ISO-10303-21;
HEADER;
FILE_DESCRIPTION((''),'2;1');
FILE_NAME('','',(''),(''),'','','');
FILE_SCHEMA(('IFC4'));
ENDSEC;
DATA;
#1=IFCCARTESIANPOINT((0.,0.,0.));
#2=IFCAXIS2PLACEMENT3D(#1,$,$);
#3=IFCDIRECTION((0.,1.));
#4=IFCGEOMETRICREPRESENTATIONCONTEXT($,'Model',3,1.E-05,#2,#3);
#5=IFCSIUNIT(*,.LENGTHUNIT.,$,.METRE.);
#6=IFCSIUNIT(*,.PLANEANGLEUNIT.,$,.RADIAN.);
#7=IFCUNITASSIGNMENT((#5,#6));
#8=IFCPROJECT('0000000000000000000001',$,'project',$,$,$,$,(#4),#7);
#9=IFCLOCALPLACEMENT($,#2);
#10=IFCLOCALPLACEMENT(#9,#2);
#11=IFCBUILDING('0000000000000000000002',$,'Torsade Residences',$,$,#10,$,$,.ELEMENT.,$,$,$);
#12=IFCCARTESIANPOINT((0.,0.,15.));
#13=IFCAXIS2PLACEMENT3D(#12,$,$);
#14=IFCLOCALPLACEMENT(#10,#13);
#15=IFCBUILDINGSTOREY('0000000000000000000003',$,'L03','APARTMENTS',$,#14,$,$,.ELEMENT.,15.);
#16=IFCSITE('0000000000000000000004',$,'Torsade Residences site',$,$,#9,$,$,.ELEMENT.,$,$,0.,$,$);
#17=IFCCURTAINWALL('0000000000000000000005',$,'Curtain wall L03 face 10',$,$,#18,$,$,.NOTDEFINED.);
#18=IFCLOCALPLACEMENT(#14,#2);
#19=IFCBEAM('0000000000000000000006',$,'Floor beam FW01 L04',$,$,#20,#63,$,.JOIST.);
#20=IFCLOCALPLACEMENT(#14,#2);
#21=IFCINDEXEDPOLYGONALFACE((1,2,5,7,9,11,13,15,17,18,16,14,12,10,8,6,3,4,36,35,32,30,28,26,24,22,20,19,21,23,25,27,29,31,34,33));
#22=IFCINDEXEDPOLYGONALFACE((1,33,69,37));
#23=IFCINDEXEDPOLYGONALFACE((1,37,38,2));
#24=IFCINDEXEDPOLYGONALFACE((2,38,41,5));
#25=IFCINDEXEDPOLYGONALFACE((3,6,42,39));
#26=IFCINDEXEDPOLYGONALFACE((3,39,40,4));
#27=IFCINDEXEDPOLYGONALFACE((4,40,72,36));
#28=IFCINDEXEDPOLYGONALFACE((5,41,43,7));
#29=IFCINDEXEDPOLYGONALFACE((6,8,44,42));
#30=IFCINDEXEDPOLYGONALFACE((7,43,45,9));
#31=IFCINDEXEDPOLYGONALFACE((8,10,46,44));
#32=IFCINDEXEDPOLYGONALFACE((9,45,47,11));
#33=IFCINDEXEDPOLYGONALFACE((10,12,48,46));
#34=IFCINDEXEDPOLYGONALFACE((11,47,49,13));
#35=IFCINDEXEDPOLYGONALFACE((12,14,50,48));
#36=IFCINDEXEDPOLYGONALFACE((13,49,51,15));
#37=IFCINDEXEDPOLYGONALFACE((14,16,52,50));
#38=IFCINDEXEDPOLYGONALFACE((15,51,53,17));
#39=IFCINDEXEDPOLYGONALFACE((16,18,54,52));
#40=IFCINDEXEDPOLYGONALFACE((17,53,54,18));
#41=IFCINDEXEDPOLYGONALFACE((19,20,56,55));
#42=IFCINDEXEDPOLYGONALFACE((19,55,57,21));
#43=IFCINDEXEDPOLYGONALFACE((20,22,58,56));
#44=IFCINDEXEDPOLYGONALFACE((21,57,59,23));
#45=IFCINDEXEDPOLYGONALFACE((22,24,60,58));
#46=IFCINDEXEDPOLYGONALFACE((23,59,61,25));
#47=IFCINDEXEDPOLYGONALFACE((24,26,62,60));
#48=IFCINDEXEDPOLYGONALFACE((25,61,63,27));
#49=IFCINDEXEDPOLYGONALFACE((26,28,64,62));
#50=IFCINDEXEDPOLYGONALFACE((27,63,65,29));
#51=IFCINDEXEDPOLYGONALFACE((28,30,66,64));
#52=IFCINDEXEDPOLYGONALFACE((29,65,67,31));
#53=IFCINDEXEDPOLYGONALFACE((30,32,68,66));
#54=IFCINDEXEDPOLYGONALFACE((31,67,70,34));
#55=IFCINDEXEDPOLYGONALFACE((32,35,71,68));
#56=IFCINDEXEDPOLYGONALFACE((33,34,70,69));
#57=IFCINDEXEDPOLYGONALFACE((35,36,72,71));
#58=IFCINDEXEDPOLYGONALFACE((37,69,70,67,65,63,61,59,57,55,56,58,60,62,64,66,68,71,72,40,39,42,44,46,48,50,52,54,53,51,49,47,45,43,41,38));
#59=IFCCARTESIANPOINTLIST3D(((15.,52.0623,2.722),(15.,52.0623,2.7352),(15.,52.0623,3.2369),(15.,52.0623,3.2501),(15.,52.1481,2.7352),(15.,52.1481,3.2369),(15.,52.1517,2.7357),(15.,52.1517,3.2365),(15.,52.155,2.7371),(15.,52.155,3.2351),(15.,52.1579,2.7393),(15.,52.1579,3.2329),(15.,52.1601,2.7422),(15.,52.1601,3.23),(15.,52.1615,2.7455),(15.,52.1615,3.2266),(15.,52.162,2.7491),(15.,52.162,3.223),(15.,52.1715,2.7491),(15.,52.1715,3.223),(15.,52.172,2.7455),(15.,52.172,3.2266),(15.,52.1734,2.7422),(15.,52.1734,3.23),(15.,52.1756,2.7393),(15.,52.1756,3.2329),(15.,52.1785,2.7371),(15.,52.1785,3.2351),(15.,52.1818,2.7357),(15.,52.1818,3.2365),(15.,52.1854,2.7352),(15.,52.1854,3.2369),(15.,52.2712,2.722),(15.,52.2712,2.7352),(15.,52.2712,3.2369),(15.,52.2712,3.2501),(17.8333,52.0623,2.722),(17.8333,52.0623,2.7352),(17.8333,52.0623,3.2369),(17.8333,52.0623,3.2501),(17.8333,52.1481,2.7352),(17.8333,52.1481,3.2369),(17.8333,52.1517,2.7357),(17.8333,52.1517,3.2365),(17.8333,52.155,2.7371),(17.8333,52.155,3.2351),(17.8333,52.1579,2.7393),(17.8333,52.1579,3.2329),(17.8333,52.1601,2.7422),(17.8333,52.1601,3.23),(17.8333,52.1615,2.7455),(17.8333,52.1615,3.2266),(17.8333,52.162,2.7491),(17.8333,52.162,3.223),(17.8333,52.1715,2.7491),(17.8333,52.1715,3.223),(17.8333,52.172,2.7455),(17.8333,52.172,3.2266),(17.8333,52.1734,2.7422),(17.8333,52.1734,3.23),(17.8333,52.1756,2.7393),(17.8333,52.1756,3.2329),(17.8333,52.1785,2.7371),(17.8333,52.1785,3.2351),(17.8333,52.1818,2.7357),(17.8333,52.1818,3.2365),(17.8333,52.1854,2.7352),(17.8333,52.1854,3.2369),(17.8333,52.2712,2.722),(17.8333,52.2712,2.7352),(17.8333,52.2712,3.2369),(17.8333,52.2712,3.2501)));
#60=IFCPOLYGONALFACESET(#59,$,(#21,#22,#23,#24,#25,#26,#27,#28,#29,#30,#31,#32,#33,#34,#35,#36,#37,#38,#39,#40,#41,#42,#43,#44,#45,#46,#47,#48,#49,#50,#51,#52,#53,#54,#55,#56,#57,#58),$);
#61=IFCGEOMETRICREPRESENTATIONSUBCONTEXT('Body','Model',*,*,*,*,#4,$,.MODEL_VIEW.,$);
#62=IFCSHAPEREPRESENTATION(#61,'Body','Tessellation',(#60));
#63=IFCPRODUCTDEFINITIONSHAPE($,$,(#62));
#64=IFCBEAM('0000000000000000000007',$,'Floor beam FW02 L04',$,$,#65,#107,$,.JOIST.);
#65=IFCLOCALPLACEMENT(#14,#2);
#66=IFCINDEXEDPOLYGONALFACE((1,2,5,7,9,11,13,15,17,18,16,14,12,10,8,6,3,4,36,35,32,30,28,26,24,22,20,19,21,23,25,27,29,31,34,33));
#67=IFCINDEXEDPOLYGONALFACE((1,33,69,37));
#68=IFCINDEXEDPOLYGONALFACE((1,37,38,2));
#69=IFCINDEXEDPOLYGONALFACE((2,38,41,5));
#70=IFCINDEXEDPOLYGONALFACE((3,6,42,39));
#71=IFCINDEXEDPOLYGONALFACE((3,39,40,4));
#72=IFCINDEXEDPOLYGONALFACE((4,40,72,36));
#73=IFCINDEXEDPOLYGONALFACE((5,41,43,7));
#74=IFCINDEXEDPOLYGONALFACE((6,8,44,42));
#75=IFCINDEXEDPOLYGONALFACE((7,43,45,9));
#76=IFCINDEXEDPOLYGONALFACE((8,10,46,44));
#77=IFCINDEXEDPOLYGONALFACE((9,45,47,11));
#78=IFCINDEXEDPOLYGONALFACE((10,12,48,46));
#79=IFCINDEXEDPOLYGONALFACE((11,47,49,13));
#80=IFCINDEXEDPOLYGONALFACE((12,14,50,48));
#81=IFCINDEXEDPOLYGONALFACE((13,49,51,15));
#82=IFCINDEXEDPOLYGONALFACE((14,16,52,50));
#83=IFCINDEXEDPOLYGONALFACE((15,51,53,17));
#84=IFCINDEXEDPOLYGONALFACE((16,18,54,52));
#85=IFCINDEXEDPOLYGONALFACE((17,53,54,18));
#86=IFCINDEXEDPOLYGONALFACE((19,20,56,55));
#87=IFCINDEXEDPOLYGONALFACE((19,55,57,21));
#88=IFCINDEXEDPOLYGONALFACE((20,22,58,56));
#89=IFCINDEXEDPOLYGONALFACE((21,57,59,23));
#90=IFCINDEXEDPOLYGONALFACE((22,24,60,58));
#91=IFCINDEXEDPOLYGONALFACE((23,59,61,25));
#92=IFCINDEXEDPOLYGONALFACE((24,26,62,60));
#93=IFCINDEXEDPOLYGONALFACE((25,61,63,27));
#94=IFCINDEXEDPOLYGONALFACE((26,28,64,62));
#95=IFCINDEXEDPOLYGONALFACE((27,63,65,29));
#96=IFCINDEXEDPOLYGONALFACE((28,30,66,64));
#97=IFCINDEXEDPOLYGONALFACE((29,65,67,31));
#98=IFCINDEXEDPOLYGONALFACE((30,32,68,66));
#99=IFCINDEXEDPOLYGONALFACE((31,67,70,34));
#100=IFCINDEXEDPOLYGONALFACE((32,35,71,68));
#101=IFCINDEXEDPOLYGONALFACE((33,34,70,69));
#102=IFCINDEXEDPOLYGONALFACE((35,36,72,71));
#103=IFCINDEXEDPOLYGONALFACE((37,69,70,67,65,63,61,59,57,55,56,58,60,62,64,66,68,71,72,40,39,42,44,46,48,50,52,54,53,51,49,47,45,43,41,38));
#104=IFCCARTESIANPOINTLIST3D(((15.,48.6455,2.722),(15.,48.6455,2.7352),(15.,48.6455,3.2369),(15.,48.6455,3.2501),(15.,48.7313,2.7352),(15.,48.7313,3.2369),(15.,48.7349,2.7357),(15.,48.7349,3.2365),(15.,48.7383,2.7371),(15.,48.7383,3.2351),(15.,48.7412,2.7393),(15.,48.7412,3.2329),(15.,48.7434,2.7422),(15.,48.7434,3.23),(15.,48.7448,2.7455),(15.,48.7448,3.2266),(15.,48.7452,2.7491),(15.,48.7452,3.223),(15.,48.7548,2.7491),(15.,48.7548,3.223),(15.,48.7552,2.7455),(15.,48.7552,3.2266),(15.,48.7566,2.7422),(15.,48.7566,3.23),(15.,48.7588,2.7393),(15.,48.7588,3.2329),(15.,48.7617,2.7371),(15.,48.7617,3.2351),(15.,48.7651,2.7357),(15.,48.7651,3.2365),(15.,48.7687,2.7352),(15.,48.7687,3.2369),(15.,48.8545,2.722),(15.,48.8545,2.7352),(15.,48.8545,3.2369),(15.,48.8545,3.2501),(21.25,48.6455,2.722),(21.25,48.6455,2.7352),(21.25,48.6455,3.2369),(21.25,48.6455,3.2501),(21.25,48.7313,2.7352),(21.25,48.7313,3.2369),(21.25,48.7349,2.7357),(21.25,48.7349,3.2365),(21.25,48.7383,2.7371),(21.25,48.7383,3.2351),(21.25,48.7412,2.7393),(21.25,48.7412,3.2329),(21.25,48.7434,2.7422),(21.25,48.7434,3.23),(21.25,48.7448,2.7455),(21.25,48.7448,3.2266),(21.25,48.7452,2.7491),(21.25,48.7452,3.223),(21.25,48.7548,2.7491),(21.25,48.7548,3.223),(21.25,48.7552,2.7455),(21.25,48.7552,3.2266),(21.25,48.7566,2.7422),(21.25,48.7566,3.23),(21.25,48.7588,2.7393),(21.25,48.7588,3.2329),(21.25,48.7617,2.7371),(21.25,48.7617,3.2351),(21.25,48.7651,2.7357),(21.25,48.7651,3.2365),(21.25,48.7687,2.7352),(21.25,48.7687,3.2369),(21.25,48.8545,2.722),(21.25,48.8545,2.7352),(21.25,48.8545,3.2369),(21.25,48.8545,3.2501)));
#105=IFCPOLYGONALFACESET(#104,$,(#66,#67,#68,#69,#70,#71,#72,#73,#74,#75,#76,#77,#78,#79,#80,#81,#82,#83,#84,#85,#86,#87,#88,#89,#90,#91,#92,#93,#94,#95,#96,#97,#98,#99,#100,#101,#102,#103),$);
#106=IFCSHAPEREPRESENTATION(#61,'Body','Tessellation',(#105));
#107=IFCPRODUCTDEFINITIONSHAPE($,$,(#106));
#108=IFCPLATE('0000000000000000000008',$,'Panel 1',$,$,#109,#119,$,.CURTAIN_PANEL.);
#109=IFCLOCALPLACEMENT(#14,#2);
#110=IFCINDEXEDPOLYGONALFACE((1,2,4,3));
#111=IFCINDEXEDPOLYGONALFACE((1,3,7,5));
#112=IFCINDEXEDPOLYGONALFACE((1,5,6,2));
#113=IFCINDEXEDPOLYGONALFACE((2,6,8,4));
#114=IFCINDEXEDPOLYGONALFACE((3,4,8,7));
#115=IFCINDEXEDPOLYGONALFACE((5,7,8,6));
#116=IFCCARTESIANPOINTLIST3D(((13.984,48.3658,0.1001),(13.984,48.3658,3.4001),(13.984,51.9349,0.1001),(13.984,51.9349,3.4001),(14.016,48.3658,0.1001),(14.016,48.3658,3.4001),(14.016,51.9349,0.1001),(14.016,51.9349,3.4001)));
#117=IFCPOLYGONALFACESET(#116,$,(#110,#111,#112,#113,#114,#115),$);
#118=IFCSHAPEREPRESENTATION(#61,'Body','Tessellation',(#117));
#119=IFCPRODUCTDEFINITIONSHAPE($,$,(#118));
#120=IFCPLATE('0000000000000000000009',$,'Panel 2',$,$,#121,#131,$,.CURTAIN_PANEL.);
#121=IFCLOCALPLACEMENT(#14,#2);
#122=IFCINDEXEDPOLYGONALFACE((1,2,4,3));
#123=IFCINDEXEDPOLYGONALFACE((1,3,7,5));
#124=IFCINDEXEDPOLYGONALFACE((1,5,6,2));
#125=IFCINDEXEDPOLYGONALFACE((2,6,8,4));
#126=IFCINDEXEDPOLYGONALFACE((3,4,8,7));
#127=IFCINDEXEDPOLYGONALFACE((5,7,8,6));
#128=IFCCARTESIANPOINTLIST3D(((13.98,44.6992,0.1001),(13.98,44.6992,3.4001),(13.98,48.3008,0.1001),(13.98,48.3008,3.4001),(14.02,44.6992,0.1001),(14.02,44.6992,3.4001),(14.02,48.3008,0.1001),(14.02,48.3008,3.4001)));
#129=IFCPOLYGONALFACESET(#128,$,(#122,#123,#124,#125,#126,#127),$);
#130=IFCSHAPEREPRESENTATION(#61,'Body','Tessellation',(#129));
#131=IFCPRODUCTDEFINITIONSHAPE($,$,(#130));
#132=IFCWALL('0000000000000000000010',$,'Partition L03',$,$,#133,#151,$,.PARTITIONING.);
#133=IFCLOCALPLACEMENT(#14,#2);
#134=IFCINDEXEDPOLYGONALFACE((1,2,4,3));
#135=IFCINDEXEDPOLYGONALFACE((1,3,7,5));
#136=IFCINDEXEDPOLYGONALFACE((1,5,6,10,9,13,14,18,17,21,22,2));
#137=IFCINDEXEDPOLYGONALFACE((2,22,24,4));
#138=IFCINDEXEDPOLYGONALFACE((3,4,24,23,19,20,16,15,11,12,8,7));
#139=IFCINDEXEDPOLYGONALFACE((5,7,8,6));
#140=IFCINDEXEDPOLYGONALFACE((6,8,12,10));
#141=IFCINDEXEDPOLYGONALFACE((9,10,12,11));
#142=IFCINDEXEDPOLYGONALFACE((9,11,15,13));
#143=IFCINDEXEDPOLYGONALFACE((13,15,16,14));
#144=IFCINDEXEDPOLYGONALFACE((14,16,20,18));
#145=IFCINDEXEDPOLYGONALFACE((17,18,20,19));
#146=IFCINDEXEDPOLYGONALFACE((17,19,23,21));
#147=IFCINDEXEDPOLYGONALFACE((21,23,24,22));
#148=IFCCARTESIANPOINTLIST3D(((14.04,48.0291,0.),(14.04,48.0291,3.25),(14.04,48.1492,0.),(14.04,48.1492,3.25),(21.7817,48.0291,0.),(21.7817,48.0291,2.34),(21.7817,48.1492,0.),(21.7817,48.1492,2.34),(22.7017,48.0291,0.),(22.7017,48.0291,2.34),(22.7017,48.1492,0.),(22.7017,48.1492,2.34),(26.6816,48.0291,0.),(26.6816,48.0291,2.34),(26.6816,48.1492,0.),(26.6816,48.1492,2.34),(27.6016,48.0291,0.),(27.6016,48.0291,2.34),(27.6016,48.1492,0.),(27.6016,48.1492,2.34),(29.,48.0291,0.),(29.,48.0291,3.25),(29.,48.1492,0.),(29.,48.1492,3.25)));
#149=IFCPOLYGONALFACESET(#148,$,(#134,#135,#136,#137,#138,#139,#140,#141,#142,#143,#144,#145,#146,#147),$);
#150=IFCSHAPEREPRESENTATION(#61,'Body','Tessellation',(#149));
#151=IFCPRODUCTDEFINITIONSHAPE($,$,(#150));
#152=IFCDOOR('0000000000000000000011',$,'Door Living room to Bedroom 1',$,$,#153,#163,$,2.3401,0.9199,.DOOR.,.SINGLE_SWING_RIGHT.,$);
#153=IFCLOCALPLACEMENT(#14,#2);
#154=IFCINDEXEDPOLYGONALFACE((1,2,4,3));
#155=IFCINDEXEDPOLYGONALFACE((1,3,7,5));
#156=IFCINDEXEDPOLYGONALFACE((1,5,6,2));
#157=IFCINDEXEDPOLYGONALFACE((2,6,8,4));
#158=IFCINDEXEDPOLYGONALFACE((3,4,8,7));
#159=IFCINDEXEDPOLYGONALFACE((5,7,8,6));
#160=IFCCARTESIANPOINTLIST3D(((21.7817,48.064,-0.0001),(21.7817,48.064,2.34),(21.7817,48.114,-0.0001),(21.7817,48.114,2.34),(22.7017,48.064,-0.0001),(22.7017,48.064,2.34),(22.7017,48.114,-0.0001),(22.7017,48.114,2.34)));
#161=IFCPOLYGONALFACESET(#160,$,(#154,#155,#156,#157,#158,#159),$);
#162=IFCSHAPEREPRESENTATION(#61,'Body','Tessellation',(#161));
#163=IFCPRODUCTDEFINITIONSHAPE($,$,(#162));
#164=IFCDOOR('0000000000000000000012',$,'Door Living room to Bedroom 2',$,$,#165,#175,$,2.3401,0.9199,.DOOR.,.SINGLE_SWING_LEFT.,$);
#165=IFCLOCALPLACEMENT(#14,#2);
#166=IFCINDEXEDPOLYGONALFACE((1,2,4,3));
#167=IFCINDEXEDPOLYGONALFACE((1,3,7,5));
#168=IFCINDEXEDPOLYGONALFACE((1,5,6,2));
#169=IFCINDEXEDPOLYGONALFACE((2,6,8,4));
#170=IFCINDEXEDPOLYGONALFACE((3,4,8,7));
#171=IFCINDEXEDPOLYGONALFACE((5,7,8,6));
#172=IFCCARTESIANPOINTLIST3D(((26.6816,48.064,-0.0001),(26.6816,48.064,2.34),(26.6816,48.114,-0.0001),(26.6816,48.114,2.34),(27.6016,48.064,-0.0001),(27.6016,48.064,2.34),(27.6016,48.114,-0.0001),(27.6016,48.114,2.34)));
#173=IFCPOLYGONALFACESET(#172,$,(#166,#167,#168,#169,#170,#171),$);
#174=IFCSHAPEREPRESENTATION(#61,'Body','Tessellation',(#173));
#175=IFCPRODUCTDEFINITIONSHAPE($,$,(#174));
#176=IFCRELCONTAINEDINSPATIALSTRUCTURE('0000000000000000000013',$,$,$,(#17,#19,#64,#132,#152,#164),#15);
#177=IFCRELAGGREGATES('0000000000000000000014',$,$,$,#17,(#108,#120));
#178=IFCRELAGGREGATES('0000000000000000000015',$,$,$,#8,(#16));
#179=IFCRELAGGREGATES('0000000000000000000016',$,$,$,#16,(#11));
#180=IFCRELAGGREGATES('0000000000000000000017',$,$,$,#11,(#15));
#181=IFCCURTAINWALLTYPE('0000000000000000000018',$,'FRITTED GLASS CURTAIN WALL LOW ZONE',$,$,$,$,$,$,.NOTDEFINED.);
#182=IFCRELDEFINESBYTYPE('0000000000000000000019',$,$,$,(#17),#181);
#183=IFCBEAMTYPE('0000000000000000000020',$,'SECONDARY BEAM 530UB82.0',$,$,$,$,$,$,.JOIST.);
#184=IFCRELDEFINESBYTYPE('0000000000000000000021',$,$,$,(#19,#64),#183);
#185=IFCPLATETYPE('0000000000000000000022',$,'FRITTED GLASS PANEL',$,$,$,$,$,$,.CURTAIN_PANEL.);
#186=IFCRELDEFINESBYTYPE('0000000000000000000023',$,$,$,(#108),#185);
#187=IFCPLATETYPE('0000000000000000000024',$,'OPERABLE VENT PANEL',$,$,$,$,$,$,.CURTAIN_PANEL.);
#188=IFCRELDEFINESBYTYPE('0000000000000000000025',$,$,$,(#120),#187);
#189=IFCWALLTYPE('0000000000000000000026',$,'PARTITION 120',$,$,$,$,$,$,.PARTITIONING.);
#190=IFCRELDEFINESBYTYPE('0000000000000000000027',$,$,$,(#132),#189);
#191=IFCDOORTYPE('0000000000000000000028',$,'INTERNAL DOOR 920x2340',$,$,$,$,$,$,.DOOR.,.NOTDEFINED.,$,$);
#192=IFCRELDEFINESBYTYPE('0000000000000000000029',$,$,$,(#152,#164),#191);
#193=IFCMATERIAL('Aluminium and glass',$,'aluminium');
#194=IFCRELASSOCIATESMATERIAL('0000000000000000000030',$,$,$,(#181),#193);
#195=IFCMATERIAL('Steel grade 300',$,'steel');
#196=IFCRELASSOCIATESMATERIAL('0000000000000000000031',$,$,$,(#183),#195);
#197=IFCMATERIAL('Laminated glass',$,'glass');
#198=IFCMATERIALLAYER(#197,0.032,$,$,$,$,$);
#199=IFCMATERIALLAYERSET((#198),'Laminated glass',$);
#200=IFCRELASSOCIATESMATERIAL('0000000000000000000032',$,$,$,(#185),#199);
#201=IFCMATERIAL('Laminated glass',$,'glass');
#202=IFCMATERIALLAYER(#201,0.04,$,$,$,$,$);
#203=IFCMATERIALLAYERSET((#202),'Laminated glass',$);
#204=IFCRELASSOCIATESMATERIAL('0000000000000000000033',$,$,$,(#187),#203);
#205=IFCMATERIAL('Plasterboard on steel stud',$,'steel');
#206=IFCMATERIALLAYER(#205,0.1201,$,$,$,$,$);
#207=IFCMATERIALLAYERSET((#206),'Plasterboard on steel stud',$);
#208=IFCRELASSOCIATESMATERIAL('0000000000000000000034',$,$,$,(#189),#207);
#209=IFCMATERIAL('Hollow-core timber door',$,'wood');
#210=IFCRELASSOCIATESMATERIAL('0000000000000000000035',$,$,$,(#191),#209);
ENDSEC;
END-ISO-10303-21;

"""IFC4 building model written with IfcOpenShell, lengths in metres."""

from ifc_helpers import new_model, si_unit, direction, frame, frame_2d, origin, origin_2d, place, context, subcontext, project, spatial, rectangle, i_section, extrude, material, layer, layer_set, material_profile, profile_set, type_object, element, fill, aggregate, save


model = new_model("IFC4")

# Units and contexts
model_context = context("Model", 3, precision=1e-05, world=origin(), true_north=direction((0.0, 1.0)))
body_context = subcontext(model_context, "Body", "Model", "MODEL_VIEW")
ifc_project = project(units=[si_unit("LENGTHUNIT", "METRE"), si_unit("PLANEANGLEUNIT", "RADIAN")], contexts=[model_context])

# Site, building, storey
site_placement = place(None, origin())
site = spatial("IfcSite", under=ifc_project, at=site_placement, Name="Torsade Residences site", CompositionType="ELEMENT", RefElevation=0.0)
building_placement = place(site_placement, origin())
building = spatial("IfcBuilding", under=site, at=building_placement, Name="Torsade Residences", CompositionType="ELEMENT")
storey_placement = place(building_placement, frame((0.0, 0.0, 15.0)))
storey = spatial("IfcBuildingStorey", under=building, at=storey_placement, Name="L03", Description="APARTMENTS", CompositionType="ELEMENT", Elevation=15.0)

# Curtain wall
ifc_material_1 = material(Name="Aluminium and glass", Category="aluminium")
curtain_wall_type = type_object("IfcCurtainWallType", Name="FRITTED GLASS CURTAIN WALL LOW ZONE", PredefinedType="NOTDEFINED", material=ifc_material_1)
curtain_wall_placement = place(storey_placement, origin())
curtain_wall = element("IfcCurtainWall", 1, at=curtain_wall_placement, inside=storey, type_object=curtain_wall_type, Name="Curtain wall L03 face 10", PredefinedType="NOTDEFINED")

# Beams
ifc_material_2 = material(Name="Steel grade 300", Category="steel")
ifc_material_profile_1 = material_profile(ifc_material_2, i_section(OverallWidth=0.209, OverallDepth=0.5281, WebThickness=0.0095, FlangeThickness=0.0132, FilletRadius=0.0139, at=origin_2d()), Name="530UB82.0")
ifc_profile_set_1 = profile_set([ifc_material_profile_1], Name="Steel grade 300")
beam_type_1 = type_object("IfcBeamType", Name="SECONDARY BEAM 530UB82.0", PredefinedType="JOIST", material=ifc_profile_set_1)
beam_1_placement = place(storey_placement, frame((15.0, 52.1667, 2.9861), z_axis=(1.0, 0.0, 0.0), x_axis=(0.0, 1.0, 0.0)))
element("IfcBeam", 2, at=beam_1_placement, inside=storey, type_object=beam_type_1, Name="Floor beam FW01 L04", PredefinedType="JOIST", context=body_context, shape_type="SweptSolid", body=[
    extrude(i_section(OverallWidth=0.209, OverallDepth=0.5281, WebThickness=0.0095, FlangeThickness=0.0132, FilletRadius=0.0139, at=origin_2d()), origin(), (0.0, 0.0, 1.0), 2.8333),
])
beam_2_placement = place(storey_placement, frame((15.0, 48.75, 2.9861), z_axis=(1.0, 0.0, 0.0), x_axis=(0.0, 1.0, 0.0)))
element("IfcBeam", 3, at=beam_2_placement, inside=storey, type_object=beam_type_1, Name="Floor beam FW02 L04", PredefinedType="JOIST", context=body_context, shape_type="SweptSolid", body=[
    extrude(i_section(OverallWidth=0.209, OverallDepth=0.5281, WebThickness=0.0095, FlangeThickness=0.0132, FilletRadius=0.0139, at=origin_2d()), origin(), (0.0, 0.0, 1.0), 6.25),
])

# Plates
ifc_material_3 = material(Name="Laminated glass", Category="glass")
ifc_layer_1 = layer(ifc_material_3, 0.032)
ifc_layer_set_1 = layer_set([ifc_layer_1], Name="Laminated glass")
plate_type_1 = type_object("IfcPlateType", Name="FRITTED GLASS PANEL", PredefinedType="CURTAIN_PANEL", material=ifc_layer_set_1)
plate_1_placement = place(storey_placement, frame((14.0, 50.1504, 0.1001), z_axis=(0.0, 0.0, 1.0), x_axis=(0.0, -1.0, 0.0)))
plate_1 = element("IfcPlate", 4, at=plate_1_placement, type_object=plate_type_1, Name="Panel 1", PredefinedType="CURTAIN_PANEL", context=body_context, shape_type="SweptSolid", body=[
    extrude(rectangle(XDim=3.5691, YDim=0.032, at=origin_2d()), origin(), (0.0, 0.0, 1.0), 3.3),
])
ifc_material_4 = material(Name="Laminated glass", Category="glass")
ifc_layer_2 = layer(ifc_material_4, 0.04)
ifc_layer_set_2 = layer_set([ifc_layer_2], Name="Laminated glass")
plate_type_2 = type_object("IfcPlateType", Name="OPERABLE VENT PANEL", PredefinedType="CURTAIN_PANEL", material=ifc_layer_set_2)
plate_2_placement = place(storey_placement, frame((14.0, 46.5, 0.1001), z_axis=(0.0, 0.0, 1.0), x_axis=(0.0, -1.0, 0.0)))
plate_2 = element("IfcPlate", 5, at=plate_2_placement, type_object=plate_type_2, Name="Panel 2", PredefinedType="CURTAIN_PANEL", context=body_context, shape_type="SweptSolid", body=[
    extrude(rectangle(XDim=3.6016, YDim=0.04, at=origin_2d()), origin(), (0.0, 0.0, 1.0), 3.3),
])
aggregate(curtain_wall, [plate_1, plate_2])

# Wall, openings, doors
ifc_material_5 = material(Name="Plasterboard on steel stud", Category="steel")
ifc_layer_3 = layer(ifc_material_5, 0.1201)
ifc_layer_set_3 = layer_set([ifc_layer_3], Name="Plasterboard on steel stud")
wall_type = type_object("IfcWallType", Name="PARTITION 120", PredefinedType="PARTITIONING", material=ifc_layer_set_3)
wall_1_placement = place(storey_placement, frame((14.04, 48.0891, 0.0), z_axis=(0.0, 0.0, 1.0), x_axis=(1.0, 0.0, 0.0)))
wall_1 = element("IfcWall", 6, at=wall_1_placement, inside=storey, type_object=wall_type, Name="Partition L03", PredefinedType="PARTITIONING", context=body_context, shape_type="SweptSolid", body=[
    extrude(rectangle(XDim=14.96, YDim=0.1201, at=frame_2d((7.48, 0.0))), origin(), (0.0, 0.0, 1.0), 3.25),
])
opening_1_placement = place(wall_1_placement, frame((7.7417, 0.0, 0.0)))
opening_1 = element("IfcOpeningElement", 7, at=opening_1_placement, cuts=wall_1, PredefinedType="OPENING", context=body_context, shape_type="SweptSolid", body=[
    extrude(rectangle(XDim=0.9199, YDim=2.3401, at=frame_2d((0.46, 1.1699))), frame((0.0, 0.0701, 0.0), z_axis=(0.0, -1.0, 0.0), x_axis=(1.0, 0.0, 0.0)), (0.0, 0.0, 1.0), 0.1401),
])
opening_2_placement = place(wall_1_placement, frame((12.6416, 0.0, 0.0)))
opening_2 = element("IfcOpeningElement", 8, at=opening_2_placement, cuts=wall_1, PredefinedType="OPENING", context=body_context, shape_type="SweptSolid", body=[
    extrude(rectangle(XDim=0.9199, YDim=2.3401, at=frame_2d((0.46, 1.1699))), frame((0.0, 0.0701, 0.0), z_axis=(0.0, -1.0, 0.0), x_axis=(1.0, 0.0, 0.0)), (0.0, 0.0, 1.0), 0.1401),
])
ifc_material_6 = material(Name="Hollow-core timber door", Category="wood")
door_type = type_object("IfcDoorType", Name="INTERNAL DOOR 920x2340", OperationType="NOTDEFINED", PredefinedType="DOOR", material=ifc_material_6)
door_1_placement = place(opening_1_placement, origin())
door_1 = element("IfcDoor", 9, at=door_1_placement, inside=storey, type_object=door_type, Name="Door Living room to Bedroom 1", OperationType="SINGLE_SWING_RIGHT", OverallHeight=2.3401, OverallWidth=0.9199, PredefinedType="DOOR", context=body_context, shape_type="SweptSolid", body=[
    extrude(rectangle(XDim=0.9199, YDim=2.3401, at=frame_2d((0.46, 1.1699))), frame((0.0, 0.0249, 0.0), z_axis=(0.0, -1.0, 0.0), x_axis=(1.0, 0.0, 0.0)), (0.0, 0.0, 1.0), 0.05),
])
fill(opening_1, door_1)
door_2_placement = place(opening_2_placement, origin())
door_2 = element("IfcDoor", 10, at=door_2_placement, inside=storey, type_object=door_type, Name="Door Living room to Bedroom 2", OperationType="SINGLE_SWING_LEFT", OverallHeight=2.3401, OverallWidth=0.9199, PredefinedType="DOOR", context=body_context, shape_type="SweptSolid", body=[
    extrude(rectangle(XDim=0.9199, YDim=2.3401, at=frame_2d((0.46, 1.1699))), frame((0.0, 0.0249, 0.0), z_axis=(0.0, -1.0, 0.0), x_axis=(1.0, 0.0, 0.0)), (0.0, 0.0, 1.0), 0.05),
])
fill(opening_2, door_2)

save(model, "model.ifc")
